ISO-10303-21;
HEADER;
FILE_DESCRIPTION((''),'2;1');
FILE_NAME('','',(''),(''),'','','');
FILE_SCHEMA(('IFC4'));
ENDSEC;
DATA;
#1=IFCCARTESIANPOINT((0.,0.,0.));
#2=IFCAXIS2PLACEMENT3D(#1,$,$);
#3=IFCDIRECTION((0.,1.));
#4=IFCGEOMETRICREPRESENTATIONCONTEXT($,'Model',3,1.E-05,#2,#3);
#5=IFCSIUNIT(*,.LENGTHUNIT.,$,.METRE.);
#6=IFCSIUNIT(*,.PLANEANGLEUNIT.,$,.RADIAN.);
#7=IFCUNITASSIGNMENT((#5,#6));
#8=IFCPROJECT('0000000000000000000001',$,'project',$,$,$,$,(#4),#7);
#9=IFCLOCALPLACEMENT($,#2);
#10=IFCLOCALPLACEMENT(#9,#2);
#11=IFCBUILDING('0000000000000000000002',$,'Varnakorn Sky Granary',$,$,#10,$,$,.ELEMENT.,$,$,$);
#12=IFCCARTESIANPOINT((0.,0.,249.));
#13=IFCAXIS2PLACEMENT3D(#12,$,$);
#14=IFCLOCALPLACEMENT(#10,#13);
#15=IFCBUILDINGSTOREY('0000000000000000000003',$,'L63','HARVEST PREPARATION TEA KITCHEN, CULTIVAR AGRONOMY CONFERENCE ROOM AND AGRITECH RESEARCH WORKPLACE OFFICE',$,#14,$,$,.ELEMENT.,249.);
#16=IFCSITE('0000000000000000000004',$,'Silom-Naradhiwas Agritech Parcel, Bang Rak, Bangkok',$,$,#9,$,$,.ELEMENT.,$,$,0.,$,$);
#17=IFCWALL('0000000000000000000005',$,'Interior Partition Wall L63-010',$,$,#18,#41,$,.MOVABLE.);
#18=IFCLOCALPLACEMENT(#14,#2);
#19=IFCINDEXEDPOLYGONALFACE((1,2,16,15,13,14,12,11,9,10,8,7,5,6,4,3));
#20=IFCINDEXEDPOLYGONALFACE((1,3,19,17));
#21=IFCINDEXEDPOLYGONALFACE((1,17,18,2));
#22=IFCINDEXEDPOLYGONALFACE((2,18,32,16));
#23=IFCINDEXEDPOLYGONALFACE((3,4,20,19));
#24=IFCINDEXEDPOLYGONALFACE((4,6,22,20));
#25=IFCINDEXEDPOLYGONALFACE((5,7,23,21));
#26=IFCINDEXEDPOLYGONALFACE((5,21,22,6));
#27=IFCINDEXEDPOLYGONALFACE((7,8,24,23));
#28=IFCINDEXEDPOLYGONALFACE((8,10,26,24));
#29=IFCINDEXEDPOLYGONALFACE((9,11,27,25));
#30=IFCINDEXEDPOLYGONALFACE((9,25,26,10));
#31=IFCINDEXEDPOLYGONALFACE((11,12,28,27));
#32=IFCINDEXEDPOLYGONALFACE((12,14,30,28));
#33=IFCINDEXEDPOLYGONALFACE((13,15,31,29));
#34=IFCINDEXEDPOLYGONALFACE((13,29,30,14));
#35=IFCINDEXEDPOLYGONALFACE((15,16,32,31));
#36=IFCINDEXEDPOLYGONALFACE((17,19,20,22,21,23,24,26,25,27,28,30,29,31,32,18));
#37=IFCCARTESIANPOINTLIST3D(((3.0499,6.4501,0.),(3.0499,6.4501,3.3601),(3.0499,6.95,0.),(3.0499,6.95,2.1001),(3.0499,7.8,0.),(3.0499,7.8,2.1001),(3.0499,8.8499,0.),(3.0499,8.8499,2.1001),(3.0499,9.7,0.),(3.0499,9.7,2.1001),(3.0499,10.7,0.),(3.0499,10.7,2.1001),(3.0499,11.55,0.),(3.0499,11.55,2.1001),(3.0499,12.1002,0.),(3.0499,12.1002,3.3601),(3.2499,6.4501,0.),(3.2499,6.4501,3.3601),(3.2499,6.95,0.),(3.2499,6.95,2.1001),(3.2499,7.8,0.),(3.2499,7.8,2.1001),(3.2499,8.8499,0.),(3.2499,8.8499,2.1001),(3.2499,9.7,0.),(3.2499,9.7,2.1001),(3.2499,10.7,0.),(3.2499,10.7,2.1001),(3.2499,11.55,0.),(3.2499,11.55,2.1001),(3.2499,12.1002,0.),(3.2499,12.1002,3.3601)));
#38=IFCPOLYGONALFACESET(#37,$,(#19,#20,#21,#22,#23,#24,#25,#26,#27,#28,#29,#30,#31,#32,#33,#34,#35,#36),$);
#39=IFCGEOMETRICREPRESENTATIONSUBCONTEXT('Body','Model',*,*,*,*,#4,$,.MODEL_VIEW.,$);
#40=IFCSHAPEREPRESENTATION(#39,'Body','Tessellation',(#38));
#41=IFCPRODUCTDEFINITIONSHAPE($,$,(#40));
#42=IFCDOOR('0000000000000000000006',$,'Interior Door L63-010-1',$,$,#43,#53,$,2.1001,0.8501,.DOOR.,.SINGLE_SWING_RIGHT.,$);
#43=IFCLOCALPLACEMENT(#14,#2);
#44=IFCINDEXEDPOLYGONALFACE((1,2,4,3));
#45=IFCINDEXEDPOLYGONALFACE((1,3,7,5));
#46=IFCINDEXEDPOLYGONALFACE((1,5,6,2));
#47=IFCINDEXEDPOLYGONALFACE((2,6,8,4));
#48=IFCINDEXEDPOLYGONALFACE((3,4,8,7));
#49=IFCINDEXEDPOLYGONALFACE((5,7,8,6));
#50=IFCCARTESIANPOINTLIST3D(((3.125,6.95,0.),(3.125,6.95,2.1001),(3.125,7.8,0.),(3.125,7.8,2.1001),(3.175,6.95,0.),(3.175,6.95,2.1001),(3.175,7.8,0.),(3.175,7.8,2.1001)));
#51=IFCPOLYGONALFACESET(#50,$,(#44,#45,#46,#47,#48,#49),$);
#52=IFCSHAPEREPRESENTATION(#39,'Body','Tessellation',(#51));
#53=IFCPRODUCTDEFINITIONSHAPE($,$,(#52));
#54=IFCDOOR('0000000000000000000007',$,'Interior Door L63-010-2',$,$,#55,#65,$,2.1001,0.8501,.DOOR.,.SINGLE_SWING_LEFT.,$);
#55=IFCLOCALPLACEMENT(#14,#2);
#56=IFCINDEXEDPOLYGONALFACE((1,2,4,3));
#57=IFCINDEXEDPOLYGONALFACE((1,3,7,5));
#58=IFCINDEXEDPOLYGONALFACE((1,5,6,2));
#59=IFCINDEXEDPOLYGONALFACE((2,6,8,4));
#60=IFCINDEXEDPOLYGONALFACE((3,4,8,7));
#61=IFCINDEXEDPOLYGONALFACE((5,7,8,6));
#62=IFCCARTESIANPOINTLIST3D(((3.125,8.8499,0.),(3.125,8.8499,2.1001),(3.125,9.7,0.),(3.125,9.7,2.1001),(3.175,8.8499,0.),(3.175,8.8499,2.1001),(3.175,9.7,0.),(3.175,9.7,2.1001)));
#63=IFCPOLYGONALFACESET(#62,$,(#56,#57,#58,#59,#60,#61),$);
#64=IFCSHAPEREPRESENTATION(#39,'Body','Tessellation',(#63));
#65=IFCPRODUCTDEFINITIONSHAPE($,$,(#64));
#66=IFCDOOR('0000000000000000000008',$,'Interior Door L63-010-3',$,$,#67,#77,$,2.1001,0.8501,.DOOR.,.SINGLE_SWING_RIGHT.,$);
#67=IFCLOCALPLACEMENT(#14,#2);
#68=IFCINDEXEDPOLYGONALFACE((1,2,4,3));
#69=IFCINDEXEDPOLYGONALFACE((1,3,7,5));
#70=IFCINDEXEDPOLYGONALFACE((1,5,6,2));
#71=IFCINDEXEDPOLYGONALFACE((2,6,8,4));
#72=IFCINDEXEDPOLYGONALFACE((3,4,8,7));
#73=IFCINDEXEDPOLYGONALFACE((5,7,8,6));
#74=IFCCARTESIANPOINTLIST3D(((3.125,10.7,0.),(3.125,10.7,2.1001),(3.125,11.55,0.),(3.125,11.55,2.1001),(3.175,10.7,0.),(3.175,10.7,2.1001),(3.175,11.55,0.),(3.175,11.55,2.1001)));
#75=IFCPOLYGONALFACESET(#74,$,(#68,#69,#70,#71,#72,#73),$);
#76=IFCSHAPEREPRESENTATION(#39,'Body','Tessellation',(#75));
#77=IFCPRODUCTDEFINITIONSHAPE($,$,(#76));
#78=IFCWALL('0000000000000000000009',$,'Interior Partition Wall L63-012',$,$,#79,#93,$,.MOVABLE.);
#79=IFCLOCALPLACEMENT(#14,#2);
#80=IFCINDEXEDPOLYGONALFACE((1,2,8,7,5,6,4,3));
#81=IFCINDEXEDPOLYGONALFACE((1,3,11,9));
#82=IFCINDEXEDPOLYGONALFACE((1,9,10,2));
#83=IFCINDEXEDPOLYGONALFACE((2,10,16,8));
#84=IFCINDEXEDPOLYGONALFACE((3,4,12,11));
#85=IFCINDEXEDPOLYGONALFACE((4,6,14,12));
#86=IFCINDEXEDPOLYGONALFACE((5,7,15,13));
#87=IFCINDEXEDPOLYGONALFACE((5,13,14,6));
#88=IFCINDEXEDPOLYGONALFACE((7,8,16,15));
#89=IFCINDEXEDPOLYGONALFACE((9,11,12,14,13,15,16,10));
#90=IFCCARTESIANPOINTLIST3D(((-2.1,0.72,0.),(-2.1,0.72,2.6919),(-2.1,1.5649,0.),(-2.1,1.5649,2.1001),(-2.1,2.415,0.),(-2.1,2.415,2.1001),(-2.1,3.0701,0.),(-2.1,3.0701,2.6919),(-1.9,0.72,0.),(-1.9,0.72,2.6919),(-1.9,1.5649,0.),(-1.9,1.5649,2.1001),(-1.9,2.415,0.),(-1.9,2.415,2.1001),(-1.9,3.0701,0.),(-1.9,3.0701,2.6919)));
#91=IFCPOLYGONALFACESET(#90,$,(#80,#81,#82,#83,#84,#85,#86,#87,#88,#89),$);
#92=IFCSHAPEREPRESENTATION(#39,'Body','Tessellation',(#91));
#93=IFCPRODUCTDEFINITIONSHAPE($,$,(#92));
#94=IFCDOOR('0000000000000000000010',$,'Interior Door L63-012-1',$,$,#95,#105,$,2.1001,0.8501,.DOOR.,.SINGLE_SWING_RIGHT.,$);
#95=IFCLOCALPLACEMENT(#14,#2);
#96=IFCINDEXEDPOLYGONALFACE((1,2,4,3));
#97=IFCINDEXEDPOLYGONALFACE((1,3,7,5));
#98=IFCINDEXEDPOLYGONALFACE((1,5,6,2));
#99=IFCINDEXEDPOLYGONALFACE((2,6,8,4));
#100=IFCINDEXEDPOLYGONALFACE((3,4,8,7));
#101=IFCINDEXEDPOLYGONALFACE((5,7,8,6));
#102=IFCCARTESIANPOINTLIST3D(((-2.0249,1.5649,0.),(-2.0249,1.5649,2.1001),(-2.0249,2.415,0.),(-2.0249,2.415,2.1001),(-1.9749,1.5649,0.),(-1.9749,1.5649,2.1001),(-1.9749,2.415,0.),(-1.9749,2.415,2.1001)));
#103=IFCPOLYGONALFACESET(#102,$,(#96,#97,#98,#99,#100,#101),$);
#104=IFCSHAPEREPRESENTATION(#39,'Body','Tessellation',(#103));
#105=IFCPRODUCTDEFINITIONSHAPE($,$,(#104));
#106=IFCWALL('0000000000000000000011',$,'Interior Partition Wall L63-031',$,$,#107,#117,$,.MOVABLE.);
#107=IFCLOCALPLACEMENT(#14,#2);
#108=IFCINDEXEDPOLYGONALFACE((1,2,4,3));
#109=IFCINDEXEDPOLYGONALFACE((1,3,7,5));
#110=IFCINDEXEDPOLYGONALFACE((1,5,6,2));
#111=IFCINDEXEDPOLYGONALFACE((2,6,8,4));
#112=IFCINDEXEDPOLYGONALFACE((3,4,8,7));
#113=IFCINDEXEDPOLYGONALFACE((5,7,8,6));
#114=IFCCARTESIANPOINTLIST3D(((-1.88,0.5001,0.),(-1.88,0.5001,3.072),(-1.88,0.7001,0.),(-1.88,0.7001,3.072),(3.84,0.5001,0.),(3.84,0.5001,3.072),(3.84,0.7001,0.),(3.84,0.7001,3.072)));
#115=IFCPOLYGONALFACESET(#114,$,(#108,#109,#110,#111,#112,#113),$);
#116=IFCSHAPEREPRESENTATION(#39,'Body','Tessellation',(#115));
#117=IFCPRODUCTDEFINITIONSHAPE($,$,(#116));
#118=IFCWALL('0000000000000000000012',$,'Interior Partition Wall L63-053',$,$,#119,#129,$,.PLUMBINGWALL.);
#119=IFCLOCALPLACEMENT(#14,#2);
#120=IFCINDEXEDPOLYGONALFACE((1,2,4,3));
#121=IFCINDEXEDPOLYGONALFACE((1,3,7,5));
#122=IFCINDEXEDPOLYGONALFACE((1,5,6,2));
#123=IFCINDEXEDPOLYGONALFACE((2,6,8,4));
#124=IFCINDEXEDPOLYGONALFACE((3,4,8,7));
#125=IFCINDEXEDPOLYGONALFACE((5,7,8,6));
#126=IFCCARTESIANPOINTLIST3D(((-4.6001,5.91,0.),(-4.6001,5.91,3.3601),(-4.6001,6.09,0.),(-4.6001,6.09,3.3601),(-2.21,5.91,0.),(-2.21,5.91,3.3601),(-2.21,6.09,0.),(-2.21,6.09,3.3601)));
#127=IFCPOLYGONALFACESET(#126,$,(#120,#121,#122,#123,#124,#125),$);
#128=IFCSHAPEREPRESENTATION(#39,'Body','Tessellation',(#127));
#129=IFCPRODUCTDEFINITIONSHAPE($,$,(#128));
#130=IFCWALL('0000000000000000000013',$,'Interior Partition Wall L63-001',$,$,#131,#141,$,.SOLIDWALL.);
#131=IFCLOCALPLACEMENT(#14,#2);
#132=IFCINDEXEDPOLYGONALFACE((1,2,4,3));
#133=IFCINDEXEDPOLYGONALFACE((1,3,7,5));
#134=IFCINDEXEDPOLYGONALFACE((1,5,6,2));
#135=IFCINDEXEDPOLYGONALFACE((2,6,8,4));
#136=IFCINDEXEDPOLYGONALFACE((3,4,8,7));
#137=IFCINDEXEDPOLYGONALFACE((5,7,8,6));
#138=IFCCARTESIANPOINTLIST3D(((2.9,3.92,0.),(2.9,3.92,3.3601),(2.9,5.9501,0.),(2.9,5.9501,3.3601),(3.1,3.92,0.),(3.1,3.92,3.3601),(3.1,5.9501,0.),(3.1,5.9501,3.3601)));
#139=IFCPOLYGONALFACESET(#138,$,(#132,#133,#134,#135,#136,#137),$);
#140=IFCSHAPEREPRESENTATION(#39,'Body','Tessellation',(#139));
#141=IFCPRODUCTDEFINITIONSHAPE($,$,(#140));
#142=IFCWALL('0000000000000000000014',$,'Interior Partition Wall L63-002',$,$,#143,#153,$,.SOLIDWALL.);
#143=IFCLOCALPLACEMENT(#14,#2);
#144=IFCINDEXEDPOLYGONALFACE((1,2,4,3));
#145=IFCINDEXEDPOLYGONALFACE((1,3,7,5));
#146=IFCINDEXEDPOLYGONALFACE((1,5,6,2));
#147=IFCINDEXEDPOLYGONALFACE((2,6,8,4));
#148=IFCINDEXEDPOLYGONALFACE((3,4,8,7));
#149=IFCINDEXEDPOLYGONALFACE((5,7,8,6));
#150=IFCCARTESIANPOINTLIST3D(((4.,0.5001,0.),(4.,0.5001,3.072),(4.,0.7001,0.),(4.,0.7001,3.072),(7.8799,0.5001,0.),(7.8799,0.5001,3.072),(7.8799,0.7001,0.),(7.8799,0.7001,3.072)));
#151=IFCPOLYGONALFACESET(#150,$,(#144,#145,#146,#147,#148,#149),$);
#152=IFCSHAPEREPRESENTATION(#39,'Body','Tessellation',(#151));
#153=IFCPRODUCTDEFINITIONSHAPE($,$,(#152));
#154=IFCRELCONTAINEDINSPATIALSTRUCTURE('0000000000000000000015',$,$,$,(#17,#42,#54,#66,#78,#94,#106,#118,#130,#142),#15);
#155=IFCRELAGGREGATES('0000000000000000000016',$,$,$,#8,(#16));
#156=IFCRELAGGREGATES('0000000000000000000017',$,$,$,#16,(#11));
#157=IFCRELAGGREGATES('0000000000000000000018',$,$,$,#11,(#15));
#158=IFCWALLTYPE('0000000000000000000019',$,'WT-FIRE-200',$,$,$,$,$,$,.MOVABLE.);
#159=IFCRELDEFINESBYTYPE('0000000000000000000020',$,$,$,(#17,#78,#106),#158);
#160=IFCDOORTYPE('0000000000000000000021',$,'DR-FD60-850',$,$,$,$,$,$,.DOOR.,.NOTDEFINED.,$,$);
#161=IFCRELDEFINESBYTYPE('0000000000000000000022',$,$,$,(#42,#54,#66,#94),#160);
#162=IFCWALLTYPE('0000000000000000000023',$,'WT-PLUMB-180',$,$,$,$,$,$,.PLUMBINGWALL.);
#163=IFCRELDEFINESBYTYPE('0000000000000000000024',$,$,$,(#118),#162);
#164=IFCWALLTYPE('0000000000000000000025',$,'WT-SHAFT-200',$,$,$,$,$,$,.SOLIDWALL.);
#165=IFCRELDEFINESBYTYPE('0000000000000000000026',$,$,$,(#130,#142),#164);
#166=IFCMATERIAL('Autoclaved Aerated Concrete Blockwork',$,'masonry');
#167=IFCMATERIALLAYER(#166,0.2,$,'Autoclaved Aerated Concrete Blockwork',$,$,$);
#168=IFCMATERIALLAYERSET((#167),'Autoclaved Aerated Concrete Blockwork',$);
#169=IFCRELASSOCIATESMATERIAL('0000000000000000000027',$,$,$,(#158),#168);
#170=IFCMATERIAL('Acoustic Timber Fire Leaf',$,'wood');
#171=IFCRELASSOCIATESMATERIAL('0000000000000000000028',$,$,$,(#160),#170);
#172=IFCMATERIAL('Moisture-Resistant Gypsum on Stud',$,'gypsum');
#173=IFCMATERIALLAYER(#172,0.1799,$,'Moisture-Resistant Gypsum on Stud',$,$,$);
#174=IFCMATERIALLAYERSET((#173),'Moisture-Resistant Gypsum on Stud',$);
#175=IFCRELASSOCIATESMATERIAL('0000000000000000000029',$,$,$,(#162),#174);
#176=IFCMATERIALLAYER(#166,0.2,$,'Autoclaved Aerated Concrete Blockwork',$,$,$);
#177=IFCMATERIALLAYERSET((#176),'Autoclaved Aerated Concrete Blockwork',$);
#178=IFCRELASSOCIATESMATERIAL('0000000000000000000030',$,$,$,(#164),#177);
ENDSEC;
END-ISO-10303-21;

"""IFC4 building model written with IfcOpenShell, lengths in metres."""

from ifc_helpers import new_model, si_unit, direction, frame, frame_2d, origin, place, context, subcontext, project, spatial, rectangle, extrude, material, layer, layer_set, type_object, element, fill, save


model = new_model("IFC4")

# Units and contexts
model_context = context("Model", 3, precision=1e-05, world=origin(), true_north=direction((0.0, 1.0)))
body_context = subcontext(model_context, "Body", "Model", "MODEL_VIEW")
ifc_project = project(units=[si_unit("LENGTHUNIT", "METRE"), si_unit("PLANEANGLEUNIT", "RADIAN")], contexts=[model_context])

# Site, building, storey
site_placement = place(None, origin())
site = spatial("IfcSite", under=ifc_project, at=site_placement, Name="Silom-Naradhiwas Agritech Parcel, Bang Rak, Bangkok", CompositionType="ELEMENT", RefElevation=0.0)
building_placement = place(site_placement, origin())
building = spatial("IfcBuilding", under=site, at=building_placement, Name="Varnakorn Sky Granary", CompositionType="ELEMENT")
storey_placement = place(building_placement, frame((0.0, 0.0, 249.0)))
storey = spatial("IfcBuildingStorey", under=building, at=storey_placement, Name="L63", Description="HARVEST PREPARATION TEA KITCHEN, CULTIVAR AGRONOMY CONFERENCE ROOM AND AGRITECH RESEARCH WORKPLACE OFFICE", CompositionType="ELEMENT", Elevation=249.0)

# Wall, openings, doors
ifc_material_1 = material(Name="Autoclaved Aerated Concrete Blockwork", Category="masonry")
ifc_layer_1 = layer(ifc_material_1, 0.2, Name="Autoclaved Aerated Concrete Blockwork")
ifc_layer_set_1 = layer_set([ifc_layer_1], Name="Autoclaved Aerated Concrete Blockwork")
wall_type_1 = type_object("IfcWallType", Name="WT-FIRE-200", PredefinedType="MOVABLE", material=ifc_layer_set_1)
wall_1_placement = place(storey_placement, frame((3.1499, 6.45, 0.0), z_axis=(0.0, 0.0, 1.0), x_axis=(0.0, 1.0, 0.0)))
wall_1 = element("IfcWall", 1, at=wall_1_placement, inside=storey, type_object=wall_type_1, Name="Interior Partition Wall L63-010", PredefinedType="MOVABLE", context=body_context, shape_type="SweptSolid", body=[
    extrude(rectangle(XDim=5.6501, YDim=0.2, at=frame_2d((2.8252, 0.0))), origin(), (0.0, 0.0, 1.0), 3.3601),
])
opening_1_placement = place(wall_1_placement, frame((0.5, 0.0, 0.0)))
opening_1 = element("IfcOpeningElement", 2, at=opening_1_placement, cuts=wall_1, PredefinedType="OPENING", context=body_context, shape_type="SweptSolid", body=[
    extrude(rectangle(XDim=0.8501, YDim=2.1001, at=frame_2d((0.425, 1.05))), frame((0.0, 0.1099, 0.0), z_axis=(0.0, -1.0, 0.0), x_axis=(1.0, 0.0, 0.0)), (0.0, 0.0, 1.0), 0.22),
])
opening_2_placement = place(wall_1_placement, frame((2.3999, 0.0, 0.0)))
opening_2 = element("IfcOpeningElement", 3, at=opening_2_placement, cuts=wall_1, PredefinedType="OPENING", context=body_context, shape_type="SweptSolid", body=[
    extrude(rectangle(XDim=0.8501, YDim=2.1001, at=frame_2d((0.425, 1.05))), frame((0.0, 0.1099, 0.0), z_axis=(0.0, -1.0, 0.0), x_axis=(1.0, 0.0, 0.0)), (0.0, 0.0, 1.0), 0.22),
])
opening_3_placement = place(wall_1_placement, frame((4.25, 0.0, 0.0)))
opening_3 = element("IfcOpeningElement", 4, at=opening_3_placement, cuts=wall_1, PredefinedType="OPENING", context=body_context, shape_type="SweptSolid", body=[
    extrude(rectangle(XDim=0.8501, YDim=2.1001, at=frame_2d((0.425, 1.05))), frame((0.0, 0.1099, 0.0), z_axis=(0.0, -1.0, 0.0), x_axis=(1.0, 0.0, 0.0)), (0.0, 0.0, 1.0), 0.22),
])
ifc_material_2 = material(Name="Acoustic Timber Fire Leaf", Category="wood")
door_type_1 = type_object("IfcDoorType", Name="DR-FD60-850", OperationType="NOTDEFINED", PredefinedType="DOOR", material=ifc_material_2)
door_1_placement = place(opening_1_placement, origin())
door_1 = element("IfcDoor", 5, at=door_1_placement, inside=storey, type_object=door_type_1, Name="Interior Door L63-010-1", OperationType="SINGLE_SWING_RIGHT", OverallHeight=2.1001, OverallWidth=0.8501, PredefinedType="DOOR", context=body_context, shape_type="SweptSolid", body=[
    extrude(rectangle(XDim=0.8501, YDim=2.1001, at=frame_2d((0.425, 1.05))), frame((0.0, 0.0249, 0.0), z_axis=(0.0, -1.0, 0.0), x_axis=(1.0, 0.0, 0.0)), (0.0, 0.0, 1.0), 0.05),
])
fill(opening_1, door_1)
door_2_placement = place(opening_2_placement, origin())
door_2 = element("IfcDoor", 6, at=door_2_placement, inside=storey, type_object=door_type_1, Name="Interior Door L63-010-2", OperationType="SINGLE_SWING_LEFT", OverallHeight=2.1001, OverallWidth=0.8501, PredefinedType="DOOR", context=body_context, shape_type="SweptSolid", body=[
    extrude(rectangle(XDim=0.8501, YDim=2.1001, at=frame_2d((0.425, 1.05))), frame((0.0, 0.0249, 0.0), z_axis=(0.0, -1.0, 0.0), x_axis=(1.0, 0.0, 0.0)), (0.0, 0.0, 1.0), 0.05),
])
fill(opening_2, door_2)
door_3_placement = place(opening_3_placement, origin())
door_3 = element("IfcDoor", 7, at=door_3_placement, inside=storey, type_object=door_type_1, Name="Interior Door L63-010-3", OperationType="SINGLE_SWING_RIGHT", OverallHeight=2.1001, OverallWidth=0.8501, PredefinedType="DOOR", context=body_context, shape_type="SweptSolid", body=[
    extrude(rectangle(XDim=0.8501, YDim=2.1001, at=frame_2d((0.425, 1.05))), frame((0.0, 0.0249, 0.0), z_axis=(0.0, -1.0, 0.0), x_axis=(1.0, 0.0, 0.0)), (0.0, 0.0, 1.0), 0.05),
])
fill(opening_3, door_3)

# Wall, opening, door
wall_2_placement = place(storey_placement, frame((-2.0, 0.72, 0.0), z_axis=(0.0, 0.0, 1.0), x_axis=(0.0, 1.0, 0.0)))
wall_2 = element("IfcWall", 8, at=wall_2_placement, inside=storey, type_object=wall_type_1, Name="Interior Partition Wall L63-012", PredefinedType="MOVABLE", context=body_context, shape_type="SweptSolid", body=[
    extrude(rectangle(XDim=2.3501, YDim=0.2, at=frame_2d((1.175, 0.0))), origin(), (0.0, 0.0, 1.0), 2.6919),
])
opening_4_placement = place(wall_2_placement, frame((0.845, 0.0, 0.0)))
opening_4 = element("IfcOpeningElement", 9, at=opening_4_placement, cuts=wall_2, PredefinedType="OPENING", context=body_context, shape_type="SweptSolid", body=[
    extrude(rectangle(XDim=0.8501, YDim=2.1001, at=frame_2d((0.425, 1.05))), frame((0.0, 0.1099, 0.0), z_axis=(0.0, -1.0, 0.0), x_axis=(1.0, 0.0, 0.0)), (0.0, 0.0, 1.0), 0.22),
])
door_4_placement = place(opening_4_placement, origin())
door_4 = element("IfcDoor", 10, at=door_4_placement, inside=storey, type_object=door_type_1, Name="Interior Door L63-012-1", OperationType="SINGLE_SWING_RIGHT", OverallHeight=2.1001, OverallWidth=0.8501, PredefinedType="DOOR", context=body_context, shape_type="SweptSolid", body=[
    extrude(rectangle(XDim=0.8501, YDim=2.1001, at=frame_2d((0.425, 1.05))), frame((0.0, 0.0249, 0.0), z_axis=(0.0, -1.0, 0.0), x_axis=(1.0, 0.0, 0.0)), (0.0, 0.0, 1.0), 0.05),
])
fill(opening_4, door_4)

# Walls
wall_3_placement = place(storey_placement, frame((-1.8799, 0.6001, 0.0), z_axis=(0.0, 0.0, 1.0), x_axis=(1.0, 0.0, 0.0)))
element("IfcWall", 11, at=wall_3_placement, inside=storey, type_object=wall_type_1, Name="Interior Partition Wall L63-031", PredefinedType="MOVABLE", context=body_context, shape_type="SweptSolid", body=[
    extrude(rectangle(XDim=5.72, YDim=0.2, at=frame_2d((2.8599, 0.0))), origin(), (0.0, 0.0, 1.0), 3.072),
])
ifc_material_3 = material(Name="Moisture-Resistant Gypsum on Stud", Category="gypsum")
ifc_layer_2 = layer(ifc_material_3, 0.1799, Name="Moisture-Resistant Gypsum on Stud")
ifc_layer_set_2 = layer_set([ifc_layer_2], Name="Moisture-Resistant Gypsum on Stud")
wall_type_2 = type_object("IfcWallType", Name="WT-PLUMB-180", PredefinedType="PLUMBINGWALL", material=ifc_layer_set_2)
wall_4_placement = place(storey_placement, frame((-2.21, 6.0, 0.0), z_axis=(0.0, 0.0, 1.0), x_axis=(-1.0, 0.0, 0.0)))
element("IfcWall", 12, at=wall_4_placement, inside=storey, type_object=wall_type_2, Name="Interior Partition Wall L63-053", PredefinedType="PLUMBINGWALL", context=body_context, shape_type="SweptSolid", body=[
    extrude(rectangle(XDim=2.3901, YDim=0.1799, at=frame_2d((1.1951, 0.0))), origin(), (0.0, 0.0, 1.0), 3.3601),
])
ifc_layer_3 = layer(ifc_material_1, 0.2, Name="Autoclaved Aerated Concrete Blockwork")
ifc_layer_set_3 = layer_set([ifc_layer_3], Name="Autoclaved Aerated Concrete Blockwork")
wall_type_3 = type_object("IfcWallType", Name="WT-SHAFT-200", PredefinedType="SOLIDWALL", material=ifc_layer_set_3)
wall_5_placement = place(storey_placement, frame((3.0, 3.9199, 0.0), z_axis=(0.0, 0.0, 1.0), x_axis=(0.0, 1.0, 0.0)))
element("IfcWall", 13, at=wall_5_placement, inside=storey, type_object=wall_type_3, Name="Interior Partition Wall L63-001", PredefinedType="SOLIDWALL", context=body_context, shape_type="SweptSolid", body=[
    extrude(rectangle(XDim=2.03, YDim=0.2, at=frame_2d((1.0151, 0.0))), origin(), (0.0, 0.0, 1.0), 3.3601),
])
wall_6_placement = place(storey_placement, frame((4.0, 0.6001, 0.0), z_axis=(0.0, 0.0, 1.0), x_axis=(1.0, 0.0, 0.0)))
element("IfcWall", 14, at=wall_6_placement, inside=storey, type_object=wall_type_3, Name="Interior Partition Wall L63-002", PredefinedType="SOLIDWALL", context=body_context, shape_type="SweptSolid", body=[
    extrude(rectangle(XDim=3.8799, YDim=0.2, at=frame_2d((1.9399, 0.0))), origin(), (0.0, 0.0, 1.0), 3.072),
])

save(model, "model.ifc")
